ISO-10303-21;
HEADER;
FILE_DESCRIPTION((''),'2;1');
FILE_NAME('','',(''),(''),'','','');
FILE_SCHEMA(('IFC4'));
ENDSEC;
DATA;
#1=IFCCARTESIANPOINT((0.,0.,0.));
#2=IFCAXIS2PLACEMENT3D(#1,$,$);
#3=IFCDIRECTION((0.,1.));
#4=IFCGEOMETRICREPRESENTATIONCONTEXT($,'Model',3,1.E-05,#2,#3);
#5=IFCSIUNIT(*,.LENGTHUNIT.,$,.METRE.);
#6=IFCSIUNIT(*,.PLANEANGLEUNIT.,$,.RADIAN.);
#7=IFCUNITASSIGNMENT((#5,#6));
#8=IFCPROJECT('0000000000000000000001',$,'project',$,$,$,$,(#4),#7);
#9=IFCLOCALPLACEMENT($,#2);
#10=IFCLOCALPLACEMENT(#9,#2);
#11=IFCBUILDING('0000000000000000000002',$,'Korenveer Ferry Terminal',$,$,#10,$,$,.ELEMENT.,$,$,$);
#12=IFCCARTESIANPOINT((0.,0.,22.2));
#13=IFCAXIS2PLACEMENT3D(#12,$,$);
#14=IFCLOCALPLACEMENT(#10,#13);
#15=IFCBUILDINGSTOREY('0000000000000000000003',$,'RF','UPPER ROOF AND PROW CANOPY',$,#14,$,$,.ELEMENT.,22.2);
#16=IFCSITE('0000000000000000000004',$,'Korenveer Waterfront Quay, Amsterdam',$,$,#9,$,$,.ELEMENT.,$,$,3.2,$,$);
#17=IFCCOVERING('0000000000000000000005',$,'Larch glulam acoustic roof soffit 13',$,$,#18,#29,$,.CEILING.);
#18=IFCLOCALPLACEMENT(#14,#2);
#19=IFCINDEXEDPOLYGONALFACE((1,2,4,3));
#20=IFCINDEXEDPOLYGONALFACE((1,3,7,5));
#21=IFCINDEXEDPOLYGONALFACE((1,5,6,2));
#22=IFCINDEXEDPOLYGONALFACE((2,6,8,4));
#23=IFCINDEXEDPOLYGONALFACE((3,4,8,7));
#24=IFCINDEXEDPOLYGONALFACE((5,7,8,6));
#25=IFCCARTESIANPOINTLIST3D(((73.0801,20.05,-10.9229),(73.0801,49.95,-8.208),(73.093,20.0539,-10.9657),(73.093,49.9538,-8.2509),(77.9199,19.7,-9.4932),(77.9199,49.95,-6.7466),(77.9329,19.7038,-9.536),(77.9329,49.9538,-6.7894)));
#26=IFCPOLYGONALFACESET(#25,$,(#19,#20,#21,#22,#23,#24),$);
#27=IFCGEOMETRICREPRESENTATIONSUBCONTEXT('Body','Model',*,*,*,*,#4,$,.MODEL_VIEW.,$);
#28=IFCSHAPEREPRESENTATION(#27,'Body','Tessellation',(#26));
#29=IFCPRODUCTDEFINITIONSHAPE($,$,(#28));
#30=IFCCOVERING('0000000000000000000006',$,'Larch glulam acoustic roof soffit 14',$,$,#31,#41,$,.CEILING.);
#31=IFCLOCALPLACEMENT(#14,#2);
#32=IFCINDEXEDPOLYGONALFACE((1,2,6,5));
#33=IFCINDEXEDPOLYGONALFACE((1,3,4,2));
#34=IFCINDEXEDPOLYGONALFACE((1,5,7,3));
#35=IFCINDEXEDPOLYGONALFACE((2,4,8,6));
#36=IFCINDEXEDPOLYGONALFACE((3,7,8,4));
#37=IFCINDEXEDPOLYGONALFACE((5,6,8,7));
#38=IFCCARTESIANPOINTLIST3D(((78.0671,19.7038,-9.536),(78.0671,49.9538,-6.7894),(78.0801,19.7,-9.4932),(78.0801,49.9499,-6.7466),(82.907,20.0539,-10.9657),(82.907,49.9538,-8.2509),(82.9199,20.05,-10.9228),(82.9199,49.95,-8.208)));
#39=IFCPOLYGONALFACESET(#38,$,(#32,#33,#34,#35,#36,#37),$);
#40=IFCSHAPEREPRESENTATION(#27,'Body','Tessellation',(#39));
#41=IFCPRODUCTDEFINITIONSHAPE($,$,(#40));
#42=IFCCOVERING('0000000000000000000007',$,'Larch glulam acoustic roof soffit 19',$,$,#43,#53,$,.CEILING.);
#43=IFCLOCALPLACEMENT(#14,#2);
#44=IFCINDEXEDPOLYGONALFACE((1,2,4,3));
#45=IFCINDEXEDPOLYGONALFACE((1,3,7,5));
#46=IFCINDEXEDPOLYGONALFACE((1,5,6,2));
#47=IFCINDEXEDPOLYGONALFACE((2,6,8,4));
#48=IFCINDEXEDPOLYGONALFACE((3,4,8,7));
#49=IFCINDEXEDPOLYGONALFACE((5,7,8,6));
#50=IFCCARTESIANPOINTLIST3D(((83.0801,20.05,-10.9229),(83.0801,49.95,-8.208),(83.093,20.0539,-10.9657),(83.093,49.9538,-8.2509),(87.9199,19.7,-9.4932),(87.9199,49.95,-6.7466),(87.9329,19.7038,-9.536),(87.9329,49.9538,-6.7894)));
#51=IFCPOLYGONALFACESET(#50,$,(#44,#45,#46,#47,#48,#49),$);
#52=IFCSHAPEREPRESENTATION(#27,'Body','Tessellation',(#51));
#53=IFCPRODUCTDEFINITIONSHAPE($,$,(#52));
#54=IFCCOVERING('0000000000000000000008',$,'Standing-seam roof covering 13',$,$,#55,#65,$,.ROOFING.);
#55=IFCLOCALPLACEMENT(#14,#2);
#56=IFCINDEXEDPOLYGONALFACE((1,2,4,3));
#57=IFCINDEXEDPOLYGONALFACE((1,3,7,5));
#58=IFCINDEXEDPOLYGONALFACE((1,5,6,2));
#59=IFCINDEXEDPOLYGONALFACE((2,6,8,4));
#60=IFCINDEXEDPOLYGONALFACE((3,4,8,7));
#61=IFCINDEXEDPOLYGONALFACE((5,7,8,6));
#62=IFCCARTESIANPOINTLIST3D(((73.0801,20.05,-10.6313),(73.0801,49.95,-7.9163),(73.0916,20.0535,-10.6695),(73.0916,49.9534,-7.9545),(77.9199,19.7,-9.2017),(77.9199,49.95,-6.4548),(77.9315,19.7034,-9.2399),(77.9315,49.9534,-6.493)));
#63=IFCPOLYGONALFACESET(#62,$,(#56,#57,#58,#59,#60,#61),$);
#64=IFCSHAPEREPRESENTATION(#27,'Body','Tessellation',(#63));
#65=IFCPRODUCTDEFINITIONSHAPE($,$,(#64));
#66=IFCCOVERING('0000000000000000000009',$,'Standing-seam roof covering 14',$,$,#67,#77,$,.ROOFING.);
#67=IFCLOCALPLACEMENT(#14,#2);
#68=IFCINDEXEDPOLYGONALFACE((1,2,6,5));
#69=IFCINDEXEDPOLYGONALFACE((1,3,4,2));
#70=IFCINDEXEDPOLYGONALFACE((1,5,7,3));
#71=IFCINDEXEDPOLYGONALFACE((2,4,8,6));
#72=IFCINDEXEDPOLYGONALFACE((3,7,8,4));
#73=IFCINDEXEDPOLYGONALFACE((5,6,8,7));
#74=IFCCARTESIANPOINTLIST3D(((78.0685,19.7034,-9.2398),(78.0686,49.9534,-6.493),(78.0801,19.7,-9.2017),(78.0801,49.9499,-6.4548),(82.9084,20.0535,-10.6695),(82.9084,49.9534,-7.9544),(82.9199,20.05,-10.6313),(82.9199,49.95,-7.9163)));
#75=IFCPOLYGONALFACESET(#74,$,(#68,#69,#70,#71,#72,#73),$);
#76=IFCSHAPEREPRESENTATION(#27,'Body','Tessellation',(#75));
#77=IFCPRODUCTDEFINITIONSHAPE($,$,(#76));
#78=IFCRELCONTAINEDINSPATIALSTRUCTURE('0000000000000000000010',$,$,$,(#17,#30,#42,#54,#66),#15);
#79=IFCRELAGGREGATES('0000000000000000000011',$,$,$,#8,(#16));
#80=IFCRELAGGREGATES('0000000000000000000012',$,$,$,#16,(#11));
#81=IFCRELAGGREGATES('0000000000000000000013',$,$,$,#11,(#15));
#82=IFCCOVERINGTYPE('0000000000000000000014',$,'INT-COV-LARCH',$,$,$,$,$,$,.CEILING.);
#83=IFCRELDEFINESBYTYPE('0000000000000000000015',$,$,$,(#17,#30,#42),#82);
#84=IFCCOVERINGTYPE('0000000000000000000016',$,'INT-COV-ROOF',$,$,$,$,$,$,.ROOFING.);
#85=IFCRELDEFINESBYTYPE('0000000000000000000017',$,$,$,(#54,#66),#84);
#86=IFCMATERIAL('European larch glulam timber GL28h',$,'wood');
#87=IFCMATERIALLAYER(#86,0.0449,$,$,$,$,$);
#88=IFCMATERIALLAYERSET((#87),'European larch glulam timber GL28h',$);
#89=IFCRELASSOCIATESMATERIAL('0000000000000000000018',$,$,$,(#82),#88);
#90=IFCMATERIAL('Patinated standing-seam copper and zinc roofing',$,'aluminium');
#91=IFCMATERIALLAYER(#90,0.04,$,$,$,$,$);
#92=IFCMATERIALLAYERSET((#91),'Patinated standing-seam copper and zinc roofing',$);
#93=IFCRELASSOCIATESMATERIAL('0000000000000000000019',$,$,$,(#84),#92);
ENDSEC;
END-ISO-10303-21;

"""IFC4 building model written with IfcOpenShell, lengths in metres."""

from ifc_helpers import new_model, si_unit, direction, frame, origin, place, context, subcontext, project, spatial, polyline, outline, extrude, material, layer, layer_set, type_object, element, save


model = new_model("IFC4")

# Units and contexts
model_context = context("Model", 3, precision=1e-05, world=origin(), true_north=direction((0.0, 1.0)))
body_context = subcontext(model_context, "Body", "Model", "MODEL_VIEW")
ifc_project = project(units=[si_unit("LENGTHUNIT", "METRE"), si_unit("PLANEANGLEUNIT", "RADIAN")], contexts=[model_context])

# Site, building, storey
site_placement = place(None, origin())
site = spatial("IfcSite", under=ifc_project, at=site_placement, Name="Korenveer Waterfront Quay, Amsterdam", CompositionType="ELEMENT", RefElevation=3.2)
building_placement = place(site_placement, origin())
building = spatial("IfcBuilding", under=site, at=building_placement, Name="Korenveer Ferry Terminal", CompositionType="ELEMENT")
storey_placement = place(building_placement, frame((0.0, 0.0, 22.2)))
storey = spatial("IfcBuildingStorey", under=building, at=storey_placement, Name="RF", Description="UPPER ROOF AND PROW CANOPY", CompositionType="ELEMENT", Elevation=22.2)

# Coverings
ifc_material_1 = material(Name="European larch glulam timber GL28h", Category="wood")
ifc_layer_1 = layer(ifc_material_1, 0.0449)
ifc_layer_set_1 = layer_set([ifc_layer_1], Name="European larch glulam timber GL28h")
covering_type_1 = type_object("IfcCoveringType", Name="INT-COV-LARCH", PredefinedType="CEILING", material=ifc_layer_set_1)
covering_1_placement = place(storey_placement, frame((73.0801, 20.05, -10.9229), z_axis=(-0.287985, -0.086594, 0.953712), x_axis=(0.956734, -0.069206, 0.282614)))
element("IfcCovering", 1, at=covering_1_placement, inside=storey, type_object=covering_type_1, Name="Larch glulam acoustic roof soffit 13", PredefinedType="CEILING", context=body_context, shape_type="SweptSolid", body=[
    extrude(outline(polyline([(0.0, 0.0), (5.0587, 0.0), (3.7415, 30.3459), (-1.302, 29.9947), (0.0, 0.0)])), origin(), (0.0, 0.0, -1.0), 0.0449),
])
covering_2_placement = place(storey_placement, frame((78.0801, 19.7, -9.4932), z_axis=(0.287985, -0.086594, 0.953712), x_axis=(0.956734, 0.069206, -0.282614)))
element("IfcCovering", 2, at=covering_2_placement, inside=storey, type_object=covering_type_1, Name="Larch glulam acoustic roof soffit 14", PredefinedType="CEILING", context=body_context, shape_type="SweptSolid", body=[
    extrude(outline(polyline([(0.0, 0.0), (5.0587, 0.0), (6.3607, 29.9947), (1.3173, 30.3459), (0.0, 0.0)])), origin(), (0.0, 0.0, -1.0), 0.0449),
])
covering_3_placement = place(storey_placement, frame((83.0801, 20.05, -10.9229), z_axis=(-0.287985, -0.086594, 0.953712), x_axis=(0.956734, -0.069206, 0.282614)))
element("IfcCovering", 3, at=covering_3_placement, inside=storey, type_object=covering_type_1, Name="Larch glulam acoustic roof soffit 19", PredefinedType="CEILING", context=body_context, shape_type="SweptSolid", body=[
    extrude(outline(polyline([(0.0, 0.0), (5.0587, 0.0), (3.7415, 30.3459), (-1.302, 29.9947), (0.0, 0.0)])), origin(), (0.0, 0.0, -1.0), 0.0449),
])
ifc_material_2 = material(Name="Patinated standing-seam copper and zinc roofing", Category="aluminium")
ifc_layer_2 = layer(ifc_material_2, 0.04)
ifc_layer_set_2 = layer_set([ifc_layer_2], Name="Patinated standing-seam copper and zinc roofing")
covering_type_2 = type_object("IfcCoveringType", Name="INT-COV-ROOF", PredefinedType="ROOFING", material=ifc_layer_set_2)
covering_4_placement = place(storey_placement, frame((73.0801, 20.05, -10.6313), z_axis=(-0.287985, -0.086602, 0.953711), x_axis=(0.956734, -0.069206, 0.282614)))
element("IfcCovering", 4, at=covering_4_placement, inside=storey, type_object=covering_type_2, Name="Standing-seam roof covering 13", PredefinedType="ROOFING", context=body_context, shape_type="SweptSolid", body=[
    extrude(outline(polyline([(0.0, 0.0), (5.0587, 0.0), (3.7415, 30.3459), (-1.3019, 29.9947), (0.0, 0.0)])), origin(), (0.0, 0.0, -1.0), 0.04),
])
covering_5_placement = place(storey_placement, frame((78.0801, 19.7, -9.2017), z_axis=(0.287985, -0.086602, 0.953711), x_axis=(0.956734, 0.069206, -0.282614)))
element("IfcCovering", 5, at=covering_5_placement, inside=storey, type_object=covering_type_2, Name="Standing-seam roof covering 14", PredefinedType="ROOFING", context=body_context, shape_type="SweptSolid", body=[
    extrude(outline(polyline([(0.0, 0.0), (5.0587, 0.0), (6.3607, 29.9947), (1.3172, 30.3459), (0.0, 0.0)])), origin(), (0.0, 0.0, -1.0), 0.04),
])

save(model, "model.ifc")
